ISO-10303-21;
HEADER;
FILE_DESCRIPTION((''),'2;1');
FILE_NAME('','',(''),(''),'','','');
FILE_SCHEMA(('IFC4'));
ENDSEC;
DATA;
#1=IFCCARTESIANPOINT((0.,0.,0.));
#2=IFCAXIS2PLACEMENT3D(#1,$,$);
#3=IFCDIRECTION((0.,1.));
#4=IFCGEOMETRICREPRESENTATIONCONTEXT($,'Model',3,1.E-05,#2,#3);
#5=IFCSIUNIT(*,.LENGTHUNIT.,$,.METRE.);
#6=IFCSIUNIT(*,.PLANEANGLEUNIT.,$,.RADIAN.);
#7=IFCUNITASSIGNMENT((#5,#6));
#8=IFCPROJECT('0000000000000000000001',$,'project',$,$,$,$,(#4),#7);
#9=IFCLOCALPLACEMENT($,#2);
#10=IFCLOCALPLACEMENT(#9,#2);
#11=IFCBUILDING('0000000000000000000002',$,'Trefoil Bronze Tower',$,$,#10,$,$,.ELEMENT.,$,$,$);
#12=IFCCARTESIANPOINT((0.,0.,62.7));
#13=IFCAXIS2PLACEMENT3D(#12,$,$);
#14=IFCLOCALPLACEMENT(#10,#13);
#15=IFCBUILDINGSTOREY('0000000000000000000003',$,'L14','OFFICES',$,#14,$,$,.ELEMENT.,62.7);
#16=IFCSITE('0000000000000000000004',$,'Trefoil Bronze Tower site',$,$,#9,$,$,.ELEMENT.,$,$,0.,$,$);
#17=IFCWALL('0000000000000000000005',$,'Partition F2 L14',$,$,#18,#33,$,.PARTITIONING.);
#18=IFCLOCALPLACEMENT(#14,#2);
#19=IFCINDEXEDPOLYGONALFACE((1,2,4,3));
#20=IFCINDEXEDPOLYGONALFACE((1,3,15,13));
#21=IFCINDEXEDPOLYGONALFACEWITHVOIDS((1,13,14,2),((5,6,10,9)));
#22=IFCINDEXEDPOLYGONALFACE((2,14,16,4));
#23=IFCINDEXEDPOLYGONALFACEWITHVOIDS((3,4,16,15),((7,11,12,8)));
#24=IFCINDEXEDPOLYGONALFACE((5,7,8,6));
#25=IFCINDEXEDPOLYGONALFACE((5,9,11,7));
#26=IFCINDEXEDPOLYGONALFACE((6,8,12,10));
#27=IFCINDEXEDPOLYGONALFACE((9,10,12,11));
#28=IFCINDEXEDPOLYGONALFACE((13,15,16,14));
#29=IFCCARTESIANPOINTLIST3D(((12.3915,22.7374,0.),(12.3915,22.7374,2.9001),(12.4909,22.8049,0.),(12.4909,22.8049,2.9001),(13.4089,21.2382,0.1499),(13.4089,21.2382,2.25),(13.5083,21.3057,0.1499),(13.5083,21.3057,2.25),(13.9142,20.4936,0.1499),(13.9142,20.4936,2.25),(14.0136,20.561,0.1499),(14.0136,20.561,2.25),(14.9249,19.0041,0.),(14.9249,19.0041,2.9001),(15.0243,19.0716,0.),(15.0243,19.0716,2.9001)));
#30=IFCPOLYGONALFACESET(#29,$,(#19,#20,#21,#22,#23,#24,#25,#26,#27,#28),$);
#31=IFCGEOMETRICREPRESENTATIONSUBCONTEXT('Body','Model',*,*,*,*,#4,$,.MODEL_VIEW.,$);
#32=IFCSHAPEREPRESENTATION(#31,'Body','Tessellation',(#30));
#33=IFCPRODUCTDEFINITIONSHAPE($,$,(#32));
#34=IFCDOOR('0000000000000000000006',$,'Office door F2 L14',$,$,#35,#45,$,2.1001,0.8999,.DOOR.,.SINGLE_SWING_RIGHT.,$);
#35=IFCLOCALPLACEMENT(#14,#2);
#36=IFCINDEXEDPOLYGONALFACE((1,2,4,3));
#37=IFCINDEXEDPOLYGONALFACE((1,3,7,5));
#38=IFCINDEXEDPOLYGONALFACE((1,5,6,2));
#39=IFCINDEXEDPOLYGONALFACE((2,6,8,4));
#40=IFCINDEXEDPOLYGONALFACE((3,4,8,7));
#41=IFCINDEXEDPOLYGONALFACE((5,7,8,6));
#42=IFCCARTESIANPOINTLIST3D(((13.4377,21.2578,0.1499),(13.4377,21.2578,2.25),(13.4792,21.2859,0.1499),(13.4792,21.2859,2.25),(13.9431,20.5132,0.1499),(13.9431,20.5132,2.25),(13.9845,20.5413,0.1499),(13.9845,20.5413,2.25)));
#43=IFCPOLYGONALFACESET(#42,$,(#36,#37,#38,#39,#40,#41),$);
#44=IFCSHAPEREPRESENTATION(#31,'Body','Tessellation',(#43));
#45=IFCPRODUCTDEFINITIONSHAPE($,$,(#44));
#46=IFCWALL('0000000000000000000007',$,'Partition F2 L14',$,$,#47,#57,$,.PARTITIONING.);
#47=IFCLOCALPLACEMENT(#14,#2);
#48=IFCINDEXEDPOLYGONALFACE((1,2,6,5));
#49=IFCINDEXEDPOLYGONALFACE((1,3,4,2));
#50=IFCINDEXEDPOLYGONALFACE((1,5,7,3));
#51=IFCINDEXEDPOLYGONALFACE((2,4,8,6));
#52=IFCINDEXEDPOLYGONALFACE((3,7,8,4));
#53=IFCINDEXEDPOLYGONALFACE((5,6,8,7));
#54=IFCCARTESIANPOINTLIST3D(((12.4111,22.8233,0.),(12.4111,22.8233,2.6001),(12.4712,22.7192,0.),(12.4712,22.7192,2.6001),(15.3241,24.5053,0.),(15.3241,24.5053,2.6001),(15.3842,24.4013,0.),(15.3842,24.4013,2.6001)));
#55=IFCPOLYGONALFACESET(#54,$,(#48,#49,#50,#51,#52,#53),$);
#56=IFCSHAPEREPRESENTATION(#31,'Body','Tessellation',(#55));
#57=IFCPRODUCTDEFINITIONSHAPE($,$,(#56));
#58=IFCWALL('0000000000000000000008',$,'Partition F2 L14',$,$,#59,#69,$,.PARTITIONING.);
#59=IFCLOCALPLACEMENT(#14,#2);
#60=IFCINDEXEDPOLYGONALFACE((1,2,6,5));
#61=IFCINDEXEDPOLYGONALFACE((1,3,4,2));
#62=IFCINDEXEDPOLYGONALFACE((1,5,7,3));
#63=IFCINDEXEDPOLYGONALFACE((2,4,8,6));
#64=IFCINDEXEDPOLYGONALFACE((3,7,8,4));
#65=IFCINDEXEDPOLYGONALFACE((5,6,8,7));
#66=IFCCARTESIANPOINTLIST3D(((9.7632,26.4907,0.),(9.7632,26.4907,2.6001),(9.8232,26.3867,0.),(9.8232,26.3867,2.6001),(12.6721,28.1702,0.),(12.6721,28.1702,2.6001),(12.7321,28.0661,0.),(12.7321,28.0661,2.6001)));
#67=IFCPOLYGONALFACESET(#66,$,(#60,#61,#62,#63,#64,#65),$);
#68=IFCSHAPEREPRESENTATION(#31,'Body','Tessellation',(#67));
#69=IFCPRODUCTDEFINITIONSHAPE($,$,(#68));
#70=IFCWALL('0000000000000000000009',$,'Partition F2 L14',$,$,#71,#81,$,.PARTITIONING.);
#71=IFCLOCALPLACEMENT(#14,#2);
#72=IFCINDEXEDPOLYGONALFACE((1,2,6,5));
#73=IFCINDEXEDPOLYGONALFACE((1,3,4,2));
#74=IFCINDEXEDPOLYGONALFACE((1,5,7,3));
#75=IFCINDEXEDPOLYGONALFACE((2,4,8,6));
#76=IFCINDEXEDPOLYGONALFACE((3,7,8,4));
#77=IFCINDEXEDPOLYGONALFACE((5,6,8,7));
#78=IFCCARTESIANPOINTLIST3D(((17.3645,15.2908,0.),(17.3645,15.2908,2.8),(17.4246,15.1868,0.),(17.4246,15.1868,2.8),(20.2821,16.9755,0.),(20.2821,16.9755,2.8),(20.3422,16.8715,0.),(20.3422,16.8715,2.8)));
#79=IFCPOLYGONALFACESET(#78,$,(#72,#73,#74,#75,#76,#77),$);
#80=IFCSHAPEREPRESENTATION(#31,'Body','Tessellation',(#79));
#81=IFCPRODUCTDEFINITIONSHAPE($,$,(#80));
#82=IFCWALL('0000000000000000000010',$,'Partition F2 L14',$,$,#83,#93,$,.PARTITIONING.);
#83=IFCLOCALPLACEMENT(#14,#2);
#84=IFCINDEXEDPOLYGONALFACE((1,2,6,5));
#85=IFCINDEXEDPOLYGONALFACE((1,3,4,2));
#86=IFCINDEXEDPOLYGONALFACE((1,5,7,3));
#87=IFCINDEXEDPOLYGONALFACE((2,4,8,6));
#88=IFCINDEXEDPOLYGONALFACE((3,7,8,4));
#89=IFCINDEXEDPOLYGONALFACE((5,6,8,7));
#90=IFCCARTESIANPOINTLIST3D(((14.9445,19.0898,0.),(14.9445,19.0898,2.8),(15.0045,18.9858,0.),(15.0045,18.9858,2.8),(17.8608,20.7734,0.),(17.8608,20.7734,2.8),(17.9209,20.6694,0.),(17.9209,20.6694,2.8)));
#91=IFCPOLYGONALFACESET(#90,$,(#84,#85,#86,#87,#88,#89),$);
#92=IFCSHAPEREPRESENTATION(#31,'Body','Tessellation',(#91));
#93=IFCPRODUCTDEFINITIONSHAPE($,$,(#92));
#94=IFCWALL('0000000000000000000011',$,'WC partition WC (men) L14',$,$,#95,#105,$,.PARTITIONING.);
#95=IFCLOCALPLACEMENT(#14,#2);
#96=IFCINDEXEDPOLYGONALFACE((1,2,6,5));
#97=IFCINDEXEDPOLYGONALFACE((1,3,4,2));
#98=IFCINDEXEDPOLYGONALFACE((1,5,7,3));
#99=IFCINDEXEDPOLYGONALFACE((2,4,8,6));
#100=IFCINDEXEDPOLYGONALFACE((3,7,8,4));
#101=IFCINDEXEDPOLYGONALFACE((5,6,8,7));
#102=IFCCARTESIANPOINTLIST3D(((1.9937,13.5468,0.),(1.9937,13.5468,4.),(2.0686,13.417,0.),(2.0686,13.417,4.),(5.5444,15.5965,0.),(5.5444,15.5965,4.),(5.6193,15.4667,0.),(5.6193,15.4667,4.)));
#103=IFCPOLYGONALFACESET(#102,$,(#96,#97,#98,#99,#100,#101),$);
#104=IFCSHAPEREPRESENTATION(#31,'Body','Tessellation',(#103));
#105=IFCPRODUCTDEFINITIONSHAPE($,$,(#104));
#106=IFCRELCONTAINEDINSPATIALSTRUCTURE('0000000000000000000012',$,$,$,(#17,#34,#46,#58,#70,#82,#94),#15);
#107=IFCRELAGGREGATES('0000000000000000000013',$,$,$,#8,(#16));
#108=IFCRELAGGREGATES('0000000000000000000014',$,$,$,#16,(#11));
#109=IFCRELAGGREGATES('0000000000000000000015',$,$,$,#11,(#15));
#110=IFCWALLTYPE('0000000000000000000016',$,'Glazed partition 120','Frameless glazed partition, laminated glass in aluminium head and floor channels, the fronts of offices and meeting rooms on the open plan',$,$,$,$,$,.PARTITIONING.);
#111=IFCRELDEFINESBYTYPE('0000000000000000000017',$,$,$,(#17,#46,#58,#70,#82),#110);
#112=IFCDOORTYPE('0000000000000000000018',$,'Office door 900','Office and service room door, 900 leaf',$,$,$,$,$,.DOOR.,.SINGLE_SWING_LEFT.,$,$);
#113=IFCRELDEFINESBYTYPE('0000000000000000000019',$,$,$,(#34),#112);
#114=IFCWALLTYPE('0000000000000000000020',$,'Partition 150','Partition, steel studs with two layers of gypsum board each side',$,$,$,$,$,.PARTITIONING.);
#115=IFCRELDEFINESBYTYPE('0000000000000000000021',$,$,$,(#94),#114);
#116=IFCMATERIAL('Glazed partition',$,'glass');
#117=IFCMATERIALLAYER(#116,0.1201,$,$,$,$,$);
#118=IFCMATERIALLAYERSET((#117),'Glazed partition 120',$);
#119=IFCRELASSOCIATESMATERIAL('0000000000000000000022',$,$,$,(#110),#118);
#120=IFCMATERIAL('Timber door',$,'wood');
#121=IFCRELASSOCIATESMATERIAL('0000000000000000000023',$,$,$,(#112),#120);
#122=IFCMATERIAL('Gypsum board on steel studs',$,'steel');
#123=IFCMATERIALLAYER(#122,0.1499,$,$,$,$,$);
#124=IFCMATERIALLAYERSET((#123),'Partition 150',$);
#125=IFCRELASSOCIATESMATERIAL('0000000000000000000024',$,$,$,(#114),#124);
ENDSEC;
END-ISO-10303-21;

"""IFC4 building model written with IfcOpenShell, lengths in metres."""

from ifc_helpers import new_model, si_unit, direction, frame, frame_2d, origin, place, context, subcontext, project, spatial, rectangle, extrude, material, layer, layer_set, type_object, element, fill, save


model = new_model("IFC4")

# Units and contexts
model_context = context("Model", 3, precision=1e-05, world=origin(), true_north=direction((0.0, 1.0)))
body_context = subcontext(model_context, "Body", "Model", "MODEL_VIEW")
ifc_project = project(units=[si_unit("LENGTHUNIT", "METRE"), si_unit("PLANEANGLEUNIT", "RADIAN")], contexts=[model_context])

# Site, building, storey
site_placement = place(None, origin())
site = spatial("IfcSite", under=ifc_project, at=site_placement, Name="Trefoil Bronze Tower site", CompositionType="ELEMENT", RefElevation=0.0)
building_placement = place(site_placement, origin())
building = spatial("IfcBuilding", under=site, at=building_placement, Name="Trefoil Bronze Tower", CompositionType="ELEMENT")
storey_placement = place(building_placement, frame((0.0, 0.0, 62.7)))
storey = spatial("IfcBuildingStorey", under=building, at=storey_placement, Name="L14", Description="OFFICES", CompositionType="ELEMENT", Elevation=62.7)

# Shared definitions
ifc_material_1 = material(Name="Glazed partition", Category="glass")
ifc_layer_1 = layer(ifc_material_1, 0.1201)
ifc_layer_set_1 = layer_set([ifc_layer_1], Name="Glazed partition 120")
wall_type_1 = type_object("IfcWallType", Name="Glazed partition 120", Description="Frameless glazed partition, laminated glass in aluminium head and floor channels, the fronts of offices and meeting rooms on the open plan", PredefinedType="PARTITIONING", material=ifc_layer_set_1)
ifc_material_2 = material(Name="Timber door", Category="wood")
door_type = type_object("IfcDoorType", Name="Office door 900", Description="Office and service room door, 900 leaf", OperationType="SINGLE_SWING_LEFT", PredefinedType="DOOR", material=ifc_material_2)

# Wall, opening, door
wall_1_placement = place(storey_placement, frame((14.9746, 19.0378, 0.0), z_axis=(0.0, 0.0, 1.0), x_axis=(-0.561512, 0.827469, 0.0)))
wall_1 = element("IfcWall", 1, at=wall_1_placement, inside=storey, type_object=wall_type_1, Name="Partition F2 L14", PredefinedType="PARTITIONING", context=body_context, shape_type="SweptSolid", body=[
    extrude(rectangle(XDim=4.5117, YDim=0.1201, at=frame_2d((2.2559, 0.0))), origin(), (0.0, 0.0, 1.0), 2.9001),
])
opening_1_placement = place(wall_1_placement, frame((1.8, 0.0, 0.1499)))
opening_1 = element("IfcOpeningElement", 2, at=opening_1_placement, cuts=wall_1, PredefinedType="OPENING", context=body_context, shape_type="SweptSolid", body=[
    extrude(rectangle(XDim=0.8999, YDim=2.1001, at=frame_2d((0.45, 1.05))), frame((0.0, 0.0701, 0.0), z_axis=(0.0, -1.0, 0.0), x_axis=(1.0, 0.0, 0.0)), (0.0, 0.0, 1.0), 0.1401),
])
door_1_placement = place(opening_1_placement, frame((0.8999, 0.0, 0.0), z_axis=(0.0, 0.0, 1.0), x_axis=(-1.0, 0.0, 0.0)))
door_1 = element("IfcDoor", 3, at=door_1_placement, inside=storey, type_object=door_type, Name="Office door F2 L14", OperationType="SINGLE_SWING_RIGHT", OverallHeight=2.1001, OverallWidth=0.8999, PredefinedType="DOOR", context=body_context, shape_type="SweptSolid", body=[
    extrude(rectangle(XDim=0.8999, YDim=2.1001, at=frame_2d((0.45, 1.05))), frame((0.0, 0.0249, 0.0), z_axis=(0.0, -1.0, 0.0), x_axis=(1.0, 0.0, 0.0)), (0.0, 0.0, 1.0), 0.05),
])
fill(opening_1, door_1)

# Walls
wall_2_placement = place(storey_placement, frame((12.4412, 22.7712, 0.0), z_axis=(0.0, 0.0, 1.0), x_axis=(0.865992, 0.500058, 0.0)))
element("IfcWall", 4, at=wall_2_placement, inside=storey, type_object=wall_type_1, Name="Partition F2 L14", PredefinedType="PARTITIONING", context=body_context, shape_type="SweptSolid", body=[
    extrude(rectangle(XDim=3.3638, YDim=0.1201, at=frame_2d((1.6819, 0.0))), origin(), (0.0, 0.0, 1.0), 2.6001),
])
wall_3_placement = place(storey_placement, frame((9.7932, 26.4387, 0.0), z_axis=(0.0, 0.0, 1.0), x_axis=(0.866029, 0.499993, 0.0)))
element("IfcWall", 5, at=wall_3_placement, inside=storey, type_object=wall_type_1, Name="Partition F2 L14", PredefinedType="PARTITIONING", context=body_context, shape_type="SweptSolid", body=[
    extrude(rectangle(XDim=3.3589, YDim=0.1201, at=frame_2d((1.6794, 0.0))), origin(), (0.0, 0.0, 1.0), 2.6001),
])
wall_4_placement = place(storey_placement, frame((17.3945, 15.2388, 0.0), z_axis=(0.0, 0.0, 1.0), x_axis=(0.865991, 0.500059, 0.0)))
element("IfcWall", 6, at=wall_4_placement, inside=storey, type_object=wall_type_1, Name="Partition F2 L14", PredefinedType="PARTITIONING", context=body_context, shape_type="SweptSolid", body=[
    extrude(rectangle(XDim=3.3691, YDim=0.1201, at=frame_2d((1.6846, 0.0))), origin(), (0.0, 0.0, 1.0), 2.8),
])
wall_5_placement = place(storey_placement, frame((14.9746, 19.0378, 0.0), z_axis=(0.0, 0.0, 1.0), x_axis=(0.866039, 0.499976, 0.0)))
element("IfcWall", 7, at=wall_5_placement, inside=storey, type_object=wall_type_1, Name="Partition F2 L14", PredefinedType="PARTITIONING", context=body_context, shape_type="SweptSolid", body=[
    extrude(rectangle(XDim=3.3674, YDim=0.1201, at=frame_2d((1.6836, 0.0))), origin(), (0.0, 0.0, 1.0), 2.8),
])
ifc_material_3 = material(Name="Gypsum board on steel studs", Category="steel")
ifc_layer_2 = layer(ifc_material_3, 0.1499)
ifc_layer_set_2 = layer_set([ifc_layer_2], Name="Partition 150")
wall_type_2 = type_object("IfcWallType", Name="Partition 150", Description="Partition, steel studs with two layers of gypsum board each side", PredefinedType="PARTITIONING", material=ifc_layer_set_2)
wall_6_placement = place(storey_placement, frame((2.0312, 13.4819, 0.0), z_axis=(0.0, 0.0, 1.0), x_axis=(0.866051, 0.499956, 0.0)))
element("IfcWall", 8, at=wall_6_placement, inside=storey, type_object=wall_type_2, Name="WC partition WC (men) L14", PredefinedType="PARTITIONING", context=body_context, shape_type="SweptSolid", body=[
    extrude(rectangle(XDim=4.0999, YDim=0.1499, at=frame_2d((2.0498, 0.0))), origin(), (0.0, 0.0, 1.0), 4.0),
])

save(model, "model.ifc")
